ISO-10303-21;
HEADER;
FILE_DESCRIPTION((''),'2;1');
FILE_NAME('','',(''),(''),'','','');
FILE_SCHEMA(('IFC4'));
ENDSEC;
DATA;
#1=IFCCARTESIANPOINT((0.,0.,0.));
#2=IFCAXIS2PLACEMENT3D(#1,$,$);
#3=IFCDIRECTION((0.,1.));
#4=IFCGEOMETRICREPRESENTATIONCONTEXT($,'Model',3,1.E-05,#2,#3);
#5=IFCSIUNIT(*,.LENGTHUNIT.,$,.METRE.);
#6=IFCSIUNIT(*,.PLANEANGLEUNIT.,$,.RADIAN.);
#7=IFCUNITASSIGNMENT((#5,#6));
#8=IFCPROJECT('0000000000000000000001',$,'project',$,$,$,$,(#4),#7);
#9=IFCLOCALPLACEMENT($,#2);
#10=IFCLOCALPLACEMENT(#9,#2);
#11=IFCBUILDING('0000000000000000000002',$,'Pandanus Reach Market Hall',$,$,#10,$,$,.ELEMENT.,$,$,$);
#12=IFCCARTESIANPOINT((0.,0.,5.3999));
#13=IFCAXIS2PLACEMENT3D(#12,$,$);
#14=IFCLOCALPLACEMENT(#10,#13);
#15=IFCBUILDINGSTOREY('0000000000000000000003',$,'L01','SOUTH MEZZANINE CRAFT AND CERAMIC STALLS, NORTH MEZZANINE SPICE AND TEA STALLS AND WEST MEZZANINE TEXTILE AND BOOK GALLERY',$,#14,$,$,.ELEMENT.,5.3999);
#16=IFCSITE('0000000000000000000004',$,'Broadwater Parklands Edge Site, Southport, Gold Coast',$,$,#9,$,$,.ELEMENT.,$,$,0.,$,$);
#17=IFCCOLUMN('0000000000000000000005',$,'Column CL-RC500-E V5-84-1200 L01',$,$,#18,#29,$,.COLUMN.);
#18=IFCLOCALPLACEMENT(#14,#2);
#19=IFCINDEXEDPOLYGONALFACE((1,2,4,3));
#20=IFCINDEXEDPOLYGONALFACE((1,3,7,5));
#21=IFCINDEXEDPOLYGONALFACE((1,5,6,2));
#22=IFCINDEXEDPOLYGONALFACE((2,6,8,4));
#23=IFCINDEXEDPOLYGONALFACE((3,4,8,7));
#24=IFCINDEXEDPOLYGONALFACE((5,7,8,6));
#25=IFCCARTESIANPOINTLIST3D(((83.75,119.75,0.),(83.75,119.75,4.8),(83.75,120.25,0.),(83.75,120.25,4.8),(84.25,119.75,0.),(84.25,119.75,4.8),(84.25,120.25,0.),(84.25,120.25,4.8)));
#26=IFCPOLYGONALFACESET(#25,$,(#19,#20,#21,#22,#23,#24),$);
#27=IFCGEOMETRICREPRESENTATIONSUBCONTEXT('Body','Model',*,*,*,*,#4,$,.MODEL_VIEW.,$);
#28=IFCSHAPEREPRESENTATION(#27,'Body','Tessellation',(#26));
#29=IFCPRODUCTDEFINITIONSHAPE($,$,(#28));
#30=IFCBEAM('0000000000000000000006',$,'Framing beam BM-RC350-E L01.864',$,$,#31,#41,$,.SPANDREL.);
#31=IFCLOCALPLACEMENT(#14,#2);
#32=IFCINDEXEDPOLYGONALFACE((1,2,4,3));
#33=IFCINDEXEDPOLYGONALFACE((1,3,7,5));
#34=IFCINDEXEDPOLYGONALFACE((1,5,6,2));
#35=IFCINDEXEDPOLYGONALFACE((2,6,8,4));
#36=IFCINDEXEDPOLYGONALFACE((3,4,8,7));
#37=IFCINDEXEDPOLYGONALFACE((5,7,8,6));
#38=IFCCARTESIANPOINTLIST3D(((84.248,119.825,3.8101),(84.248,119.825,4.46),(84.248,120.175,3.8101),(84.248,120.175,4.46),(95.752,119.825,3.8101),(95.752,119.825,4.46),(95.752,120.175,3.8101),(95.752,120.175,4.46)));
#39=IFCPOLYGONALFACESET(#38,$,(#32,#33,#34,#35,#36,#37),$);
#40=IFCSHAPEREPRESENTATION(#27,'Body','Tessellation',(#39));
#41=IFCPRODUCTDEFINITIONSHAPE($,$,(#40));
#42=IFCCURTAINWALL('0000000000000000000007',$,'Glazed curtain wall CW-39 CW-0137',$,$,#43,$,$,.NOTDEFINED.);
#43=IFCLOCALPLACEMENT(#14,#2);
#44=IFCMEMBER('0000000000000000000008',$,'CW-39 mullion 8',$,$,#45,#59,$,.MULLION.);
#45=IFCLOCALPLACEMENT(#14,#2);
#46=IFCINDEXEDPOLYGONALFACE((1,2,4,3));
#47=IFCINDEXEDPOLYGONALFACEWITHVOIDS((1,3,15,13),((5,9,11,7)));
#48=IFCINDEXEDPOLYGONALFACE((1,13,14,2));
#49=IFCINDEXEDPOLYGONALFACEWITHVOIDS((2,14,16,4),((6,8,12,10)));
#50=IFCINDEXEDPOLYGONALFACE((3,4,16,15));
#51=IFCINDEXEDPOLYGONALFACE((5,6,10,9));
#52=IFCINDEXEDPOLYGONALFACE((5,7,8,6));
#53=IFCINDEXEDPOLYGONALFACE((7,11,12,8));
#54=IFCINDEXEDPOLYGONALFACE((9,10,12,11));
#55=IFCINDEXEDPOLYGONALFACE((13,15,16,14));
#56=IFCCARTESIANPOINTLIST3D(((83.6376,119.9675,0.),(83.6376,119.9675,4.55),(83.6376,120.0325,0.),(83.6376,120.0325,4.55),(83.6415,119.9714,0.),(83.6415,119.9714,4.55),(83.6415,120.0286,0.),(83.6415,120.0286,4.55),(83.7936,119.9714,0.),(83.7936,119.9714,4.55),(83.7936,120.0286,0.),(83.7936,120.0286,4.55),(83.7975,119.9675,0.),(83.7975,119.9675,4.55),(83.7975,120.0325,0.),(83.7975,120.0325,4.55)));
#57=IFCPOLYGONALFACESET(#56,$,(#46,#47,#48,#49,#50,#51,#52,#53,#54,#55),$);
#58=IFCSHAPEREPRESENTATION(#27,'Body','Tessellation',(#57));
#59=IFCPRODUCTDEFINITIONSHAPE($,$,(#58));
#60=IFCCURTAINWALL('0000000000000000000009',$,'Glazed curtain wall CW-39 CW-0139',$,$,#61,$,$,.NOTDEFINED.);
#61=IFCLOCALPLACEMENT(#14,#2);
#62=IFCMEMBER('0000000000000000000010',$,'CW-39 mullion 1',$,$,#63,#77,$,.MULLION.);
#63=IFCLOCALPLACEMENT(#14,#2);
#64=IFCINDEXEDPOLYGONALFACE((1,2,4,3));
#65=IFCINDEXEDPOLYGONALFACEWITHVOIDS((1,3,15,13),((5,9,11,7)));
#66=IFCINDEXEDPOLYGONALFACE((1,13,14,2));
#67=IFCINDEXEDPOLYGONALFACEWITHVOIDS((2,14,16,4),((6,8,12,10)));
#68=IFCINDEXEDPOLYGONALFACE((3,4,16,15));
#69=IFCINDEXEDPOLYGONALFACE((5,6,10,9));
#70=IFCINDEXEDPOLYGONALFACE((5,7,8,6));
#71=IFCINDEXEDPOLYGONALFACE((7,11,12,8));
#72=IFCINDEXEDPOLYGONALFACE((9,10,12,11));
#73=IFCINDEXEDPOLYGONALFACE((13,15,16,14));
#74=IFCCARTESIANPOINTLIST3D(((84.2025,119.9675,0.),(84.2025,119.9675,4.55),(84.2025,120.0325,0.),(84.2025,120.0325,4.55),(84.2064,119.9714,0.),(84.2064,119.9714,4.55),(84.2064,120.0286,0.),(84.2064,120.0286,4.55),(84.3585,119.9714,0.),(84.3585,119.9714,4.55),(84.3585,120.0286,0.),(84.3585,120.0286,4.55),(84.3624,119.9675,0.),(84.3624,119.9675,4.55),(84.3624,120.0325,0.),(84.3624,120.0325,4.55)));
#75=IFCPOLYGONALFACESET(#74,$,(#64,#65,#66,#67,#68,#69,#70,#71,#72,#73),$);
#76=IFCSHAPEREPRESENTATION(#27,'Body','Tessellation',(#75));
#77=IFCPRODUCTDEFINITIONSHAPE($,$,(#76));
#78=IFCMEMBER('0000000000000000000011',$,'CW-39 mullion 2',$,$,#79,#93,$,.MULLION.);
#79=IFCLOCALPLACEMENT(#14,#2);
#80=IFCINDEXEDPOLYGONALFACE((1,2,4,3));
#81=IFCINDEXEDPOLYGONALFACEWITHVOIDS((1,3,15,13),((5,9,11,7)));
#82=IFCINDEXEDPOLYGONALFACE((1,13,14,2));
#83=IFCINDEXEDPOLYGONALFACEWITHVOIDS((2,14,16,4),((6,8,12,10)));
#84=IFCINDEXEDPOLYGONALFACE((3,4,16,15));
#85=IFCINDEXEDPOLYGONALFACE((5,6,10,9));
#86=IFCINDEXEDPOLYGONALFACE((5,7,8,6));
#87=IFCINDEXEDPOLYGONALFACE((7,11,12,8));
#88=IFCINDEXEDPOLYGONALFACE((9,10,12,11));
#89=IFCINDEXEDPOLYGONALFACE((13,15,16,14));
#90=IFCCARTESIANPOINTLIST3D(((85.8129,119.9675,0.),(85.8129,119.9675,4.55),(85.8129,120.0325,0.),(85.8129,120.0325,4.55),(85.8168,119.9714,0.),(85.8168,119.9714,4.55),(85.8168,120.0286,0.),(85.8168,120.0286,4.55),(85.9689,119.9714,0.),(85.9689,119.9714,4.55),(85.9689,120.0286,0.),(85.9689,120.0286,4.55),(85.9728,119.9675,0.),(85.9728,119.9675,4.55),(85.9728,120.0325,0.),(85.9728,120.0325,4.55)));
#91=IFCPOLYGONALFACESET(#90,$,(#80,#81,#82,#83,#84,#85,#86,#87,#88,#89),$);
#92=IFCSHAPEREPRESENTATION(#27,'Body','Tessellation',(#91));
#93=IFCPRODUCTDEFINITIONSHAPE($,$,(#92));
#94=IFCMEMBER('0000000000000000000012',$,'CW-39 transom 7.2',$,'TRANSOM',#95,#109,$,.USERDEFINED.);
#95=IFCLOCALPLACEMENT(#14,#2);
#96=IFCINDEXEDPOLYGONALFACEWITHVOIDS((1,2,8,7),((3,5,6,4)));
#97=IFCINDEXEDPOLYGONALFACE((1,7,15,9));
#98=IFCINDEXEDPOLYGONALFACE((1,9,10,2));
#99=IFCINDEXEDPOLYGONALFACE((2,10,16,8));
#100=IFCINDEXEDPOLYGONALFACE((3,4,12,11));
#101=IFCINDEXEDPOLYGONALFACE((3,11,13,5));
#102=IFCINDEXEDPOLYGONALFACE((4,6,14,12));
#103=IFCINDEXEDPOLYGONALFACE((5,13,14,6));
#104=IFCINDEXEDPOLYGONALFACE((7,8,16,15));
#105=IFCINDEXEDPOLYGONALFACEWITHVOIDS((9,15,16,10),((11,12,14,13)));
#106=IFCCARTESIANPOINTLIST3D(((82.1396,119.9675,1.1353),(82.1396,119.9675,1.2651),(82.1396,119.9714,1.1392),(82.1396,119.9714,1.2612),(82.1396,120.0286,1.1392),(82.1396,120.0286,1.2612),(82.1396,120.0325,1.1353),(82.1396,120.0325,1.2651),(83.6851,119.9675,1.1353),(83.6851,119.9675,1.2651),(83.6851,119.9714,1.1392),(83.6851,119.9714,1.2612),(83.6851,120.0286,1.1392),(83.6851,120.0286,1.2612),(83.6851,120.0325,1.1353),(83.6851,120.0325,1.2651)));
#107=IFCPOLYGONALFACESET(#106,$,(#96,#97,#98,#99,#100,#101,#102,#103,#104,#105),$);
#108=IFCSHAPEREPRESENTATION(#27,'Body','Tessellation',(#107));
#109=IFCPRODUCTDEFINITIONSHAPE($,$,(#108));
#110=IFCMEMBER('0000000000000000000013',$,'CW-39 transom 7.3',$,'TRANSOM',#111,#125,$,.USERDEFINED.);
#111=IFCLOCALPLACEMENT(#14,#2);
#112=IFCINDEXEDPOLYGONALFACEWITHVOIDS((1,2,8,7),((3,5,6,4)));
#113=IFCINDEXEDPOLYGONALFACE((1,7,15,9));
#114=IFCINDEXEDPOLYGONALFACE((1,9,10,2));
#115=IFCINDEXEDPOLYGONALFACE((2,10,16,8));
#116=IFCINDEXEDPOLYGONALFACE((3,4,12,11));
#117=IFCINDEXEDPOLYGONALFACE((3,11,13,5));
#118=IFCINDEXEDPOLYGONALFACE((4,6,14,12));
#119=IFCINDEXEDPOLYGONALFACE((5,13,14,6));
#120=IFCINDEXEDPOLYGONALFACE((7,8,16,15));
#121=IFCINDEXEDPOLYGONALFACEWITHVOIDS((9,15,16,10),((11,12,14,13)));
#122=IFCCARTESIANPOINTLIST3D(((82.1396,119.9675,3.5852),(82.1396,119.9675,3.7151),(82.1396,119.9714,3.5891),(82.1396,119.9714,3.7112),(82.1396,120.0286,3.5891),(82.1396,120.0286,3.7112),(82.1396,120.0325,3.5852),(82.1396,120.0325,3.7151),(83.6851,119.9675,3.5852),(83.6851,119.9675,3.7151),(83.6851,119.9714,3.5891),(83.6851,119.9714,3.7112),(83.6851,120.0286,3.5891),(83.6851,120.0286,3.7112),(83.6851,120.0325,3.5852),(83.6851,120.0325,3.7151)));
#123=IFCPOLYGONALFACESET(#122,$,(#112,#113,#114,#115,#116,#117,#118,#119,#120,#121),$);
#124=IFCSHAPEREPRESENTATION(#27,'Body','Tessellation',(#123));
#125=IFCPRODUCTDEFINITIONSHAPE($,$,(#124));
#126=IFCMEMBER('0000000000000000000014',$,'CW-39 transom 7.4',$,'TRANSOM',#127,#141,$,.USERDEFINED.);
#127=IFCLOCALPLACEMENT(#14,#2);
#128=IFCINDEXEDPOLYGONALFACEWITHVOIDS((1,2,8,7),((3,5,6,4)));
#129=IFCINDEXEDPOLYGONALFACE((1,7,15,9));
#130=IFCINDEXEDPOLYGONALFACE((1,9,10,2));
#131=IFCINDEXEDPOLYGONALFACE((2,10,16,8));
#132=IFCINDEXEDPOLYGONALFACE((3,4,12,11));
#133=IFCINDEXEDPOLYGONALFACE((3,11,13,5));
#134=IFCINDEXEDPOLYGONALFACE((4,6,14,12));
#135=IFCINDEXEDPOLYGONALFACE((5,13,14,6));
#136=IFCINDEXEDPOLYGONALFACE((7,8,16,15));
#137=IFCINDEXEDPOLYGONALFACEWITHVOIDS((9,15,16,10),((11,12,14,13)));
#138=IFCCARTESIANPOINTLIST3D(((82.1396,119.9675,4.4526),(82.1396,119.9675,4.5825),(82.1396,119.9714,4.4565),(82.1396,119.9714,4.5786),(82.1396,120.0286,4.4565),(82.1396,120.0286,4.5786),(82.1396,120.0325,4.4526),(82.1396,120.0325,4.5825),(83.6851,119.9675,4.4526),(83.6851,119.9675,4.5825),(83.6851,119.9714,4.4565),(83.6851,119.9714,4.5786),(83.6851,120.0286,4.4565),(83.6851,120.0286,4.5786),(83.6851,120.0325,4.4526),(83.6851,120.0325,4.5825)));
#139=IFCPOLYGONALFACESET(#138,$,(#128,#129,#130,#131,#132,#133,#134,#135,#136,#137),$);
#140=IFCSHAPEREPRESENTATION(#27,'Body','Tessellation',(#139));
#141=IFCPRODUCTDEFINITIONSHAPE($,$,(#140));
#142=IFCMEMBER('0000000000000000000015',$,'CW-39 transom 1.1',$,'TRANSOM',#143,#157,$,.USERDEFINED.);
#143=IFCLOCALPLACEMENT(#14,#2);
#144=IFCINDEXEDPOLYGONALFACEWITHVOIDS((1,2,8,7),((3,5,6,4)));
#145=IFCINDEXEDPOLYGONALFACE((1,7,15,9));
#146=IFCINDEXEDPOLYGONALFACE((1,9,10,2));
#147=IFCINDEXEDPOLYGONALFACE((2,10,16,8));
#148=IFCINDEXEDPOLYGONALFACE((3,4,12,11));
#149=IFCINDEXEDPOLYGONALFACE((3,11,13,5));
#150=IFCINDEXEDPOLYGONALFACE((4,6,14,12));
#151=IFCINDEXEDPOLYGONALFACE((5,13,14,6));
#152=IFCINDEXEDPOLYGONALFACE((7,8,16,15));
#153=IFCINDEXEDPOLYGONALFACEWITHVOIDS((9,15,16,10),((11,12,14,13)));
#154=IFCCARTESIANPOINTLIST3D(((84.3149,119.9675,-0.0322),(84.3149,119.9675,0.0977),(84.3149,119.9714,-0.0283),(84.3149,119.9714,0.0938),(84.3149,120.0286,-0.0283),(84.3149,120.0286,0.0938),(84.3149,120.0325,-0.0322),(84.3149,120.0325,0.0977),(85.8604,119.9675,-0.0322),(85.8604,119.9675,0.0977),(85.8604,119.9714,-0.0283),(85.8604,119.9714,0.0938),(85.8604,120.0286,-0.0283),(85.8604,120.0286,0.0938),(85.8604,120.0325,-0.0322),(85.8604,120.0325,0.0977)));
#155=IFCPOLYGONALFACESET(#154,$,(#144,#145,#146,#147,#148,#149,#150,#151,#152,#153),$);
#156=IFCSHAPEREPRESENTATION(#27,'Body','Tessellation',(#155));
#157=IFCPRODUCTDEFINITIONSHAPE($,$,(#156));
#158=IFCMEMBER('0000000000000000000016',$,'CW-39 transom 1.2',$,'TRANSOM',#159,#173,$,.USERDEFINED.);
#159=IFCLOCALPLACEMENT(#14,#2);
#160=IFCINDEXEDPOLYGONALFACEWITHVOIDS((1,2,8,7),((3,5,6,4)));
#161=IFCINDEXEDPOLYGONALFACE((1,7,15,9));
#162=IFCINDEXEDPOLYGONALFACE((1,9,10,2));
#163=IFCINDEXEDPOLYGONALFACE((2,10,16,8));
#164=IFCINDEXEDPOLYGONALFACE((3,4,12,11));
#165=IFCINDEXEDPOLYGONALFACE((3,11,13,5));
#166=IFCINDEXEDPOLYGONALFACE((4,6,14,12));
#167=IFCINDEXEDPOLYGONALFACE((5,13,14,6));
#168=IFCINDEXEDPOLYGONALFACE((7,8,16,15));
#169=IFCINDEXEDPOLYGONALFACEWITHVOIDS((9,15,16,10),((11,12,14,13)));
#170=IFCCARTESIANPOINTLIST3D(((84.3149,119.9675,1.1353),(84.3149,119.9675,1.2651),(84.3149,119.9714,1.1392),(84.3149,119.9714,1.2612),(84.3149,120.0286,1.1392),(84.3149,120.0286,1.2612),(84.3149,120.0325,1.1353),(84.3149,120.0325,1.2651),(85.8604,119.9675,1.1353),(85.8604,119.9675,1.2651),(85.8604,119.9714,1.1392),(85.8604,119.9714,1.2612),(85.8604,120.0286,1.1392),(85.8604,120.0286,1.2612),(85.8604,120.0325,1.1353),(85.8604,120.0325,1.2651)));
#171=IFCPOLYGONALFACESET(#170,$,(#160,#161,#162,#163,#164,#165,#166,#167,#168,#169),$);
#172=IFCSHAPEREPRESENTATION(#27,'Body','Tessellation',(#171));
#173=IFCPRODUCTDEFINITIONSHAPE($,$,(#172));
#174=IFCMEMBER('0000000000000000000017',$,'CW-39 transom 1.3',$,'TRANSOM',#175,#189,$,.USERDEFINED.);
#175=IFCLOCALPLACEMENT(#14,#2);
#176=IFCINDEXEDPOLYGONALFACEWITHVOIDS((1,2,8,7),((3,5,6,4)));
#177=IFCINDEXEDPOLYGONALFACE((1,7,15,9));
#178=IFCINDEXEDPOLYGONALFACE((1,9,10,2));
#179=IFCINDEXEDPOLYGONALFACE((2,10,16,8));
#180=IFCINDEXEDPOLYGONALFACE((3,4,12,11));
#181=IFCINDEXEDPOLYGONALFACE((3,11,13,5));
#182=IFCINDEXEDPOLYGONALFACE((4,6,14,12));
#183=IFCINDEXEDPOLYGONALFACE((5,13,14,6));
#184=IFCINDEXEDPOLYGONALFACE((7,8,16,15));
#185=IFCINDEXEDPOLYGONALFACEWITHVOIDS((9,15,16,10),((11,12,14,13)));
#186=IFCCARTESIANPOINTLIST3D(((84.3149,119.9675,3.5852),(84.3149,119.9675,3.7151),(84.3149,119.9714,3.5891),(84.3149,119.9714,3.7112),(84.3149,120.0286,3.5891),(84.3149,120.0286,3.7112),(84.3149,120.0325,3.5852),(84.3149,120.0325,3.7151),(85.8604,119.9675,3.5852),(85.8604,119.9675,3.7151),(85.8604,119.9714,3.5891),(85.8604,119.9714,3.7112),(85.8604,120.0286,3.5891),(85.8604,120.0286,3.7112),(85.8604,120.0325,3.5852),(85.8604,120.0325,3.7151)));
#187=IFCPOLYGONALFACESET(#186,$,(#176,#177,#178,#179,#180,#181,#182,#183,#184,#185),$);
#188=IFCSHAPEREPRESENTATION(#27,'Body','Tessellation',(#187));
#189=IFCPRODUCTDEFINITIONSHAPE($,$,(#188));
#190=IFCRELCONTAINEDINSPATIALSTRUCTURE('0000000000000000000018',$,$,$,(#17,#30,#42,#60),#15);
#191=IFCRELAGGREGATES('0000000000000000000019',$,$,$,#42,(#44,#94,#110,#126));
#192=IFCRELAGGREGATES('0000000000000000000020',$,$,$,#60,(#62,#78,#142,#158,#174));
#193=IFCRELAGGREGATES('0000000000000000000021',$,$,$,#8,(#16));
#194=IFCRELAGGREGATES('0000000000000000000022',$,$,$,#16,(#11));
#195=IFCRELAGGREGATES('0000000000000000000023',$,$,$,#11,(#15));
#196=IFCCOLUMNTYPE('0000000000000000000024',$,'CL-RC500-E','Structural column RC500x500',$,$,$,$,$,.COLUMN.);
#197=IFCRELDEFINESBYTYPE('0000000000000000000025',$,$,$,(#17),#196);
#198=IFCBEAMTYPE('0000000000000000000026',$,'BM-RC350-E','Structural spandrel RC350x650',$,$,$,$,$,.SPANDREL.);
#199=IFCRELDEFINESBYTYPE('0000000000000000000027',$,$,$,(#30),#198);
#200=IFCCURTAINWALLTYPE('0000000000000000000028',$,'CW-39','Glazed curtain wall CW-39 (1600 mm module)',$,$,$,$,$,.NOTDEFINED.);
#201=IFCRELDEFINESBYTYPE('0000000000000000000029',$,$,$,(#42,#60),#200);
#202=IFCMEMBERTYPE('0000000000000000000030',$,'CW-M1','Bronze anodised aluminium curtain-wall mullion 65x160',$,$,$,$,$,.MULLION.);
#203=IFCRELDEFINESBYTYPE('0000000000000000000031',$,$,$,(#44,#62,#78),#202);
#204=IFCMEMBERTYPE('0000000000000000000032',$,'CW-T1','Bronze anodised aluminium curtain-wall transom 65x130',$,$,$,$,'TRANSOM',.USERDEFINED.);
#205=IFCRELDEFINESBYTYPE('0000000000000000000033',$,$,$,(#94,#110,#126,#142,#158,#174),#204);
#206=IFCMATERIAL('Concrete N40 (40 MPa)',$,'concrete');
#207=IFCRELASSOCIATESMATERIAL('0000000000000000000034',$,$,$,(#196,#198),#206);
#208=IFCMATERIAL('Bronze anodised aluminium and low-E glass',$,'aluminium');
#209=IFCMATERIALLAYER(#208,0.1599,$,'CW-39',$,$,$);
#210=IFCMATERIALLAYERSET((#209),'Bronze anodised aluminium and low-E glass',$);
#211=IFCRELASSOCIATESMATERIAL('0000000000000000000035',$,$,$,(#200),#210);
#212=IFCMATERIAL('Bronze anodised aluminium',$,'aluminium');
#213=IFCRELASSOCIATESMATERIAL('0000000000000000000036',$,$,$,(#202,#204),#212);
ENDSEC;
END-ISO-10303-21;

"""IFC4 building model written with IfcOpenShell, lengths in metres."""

from ifc_helpers import new_model, si_unit, direction, frame, origin, origin_2d, place, context, subcontext, project, spatial, rectangle, hollow_rectangle, extrude, material, layer, layer_set, material_profile, profile_set, type_object, element, aggregate, save


model = new_model("IFC4")

# Units and contexts
model_context = context("Model", 3, precision=1e-05, world=origin(), true_north=direction((0.0, 1.0)))
body_context = subcontext(model_context, "Body", "Model", "MODEL_VIEW")
ifc_project = project(units=[si_unit("LENGTHUNIT", "METRE"), si_unit("PLANEANGLEUNIT", "RADIAN")], contexts=[model_context])

# Site, building, storey
site_placement = place(None, origin())
site = spatial("IfcSite", under=ifc_project, at=site_placement, Name="Broadwater Parklands Edge Site, Southport, Gold Coast", CompositionType="ELEMENT", RefElevation=0.0)
building_placement = place(site_placement, origin())
building = spatial("IfcBuilding", under=site, at=building_placement, Name="Pandanus Reach Market Hall", CompositionType="ELEMENT")
storey_placement = place(building_placement, frame((0.0, 0.0, 5.3999)))
storey = spatial("IfcBuildingStorey", under=building, at=storey_placement, Name="L01", Description="SOUTH MEZZANINE CRAFT AND CERAMIC STALLS, NORTH MEZZANINE SPICE AND TEA STALLS AND WEST MEZZANINE TEXTILE AND BOOK GALLERY", CompositionType="ELEMENT", Elevation=5.3999)

# Column
ifc_material_1 = material(Name="Concrete N40 (40 MPa)", Category="concrete")
ifc_material_profile_1 = material_profile(ifc_material_1, rectangle(XDim=0.5, YDim=0.5, at=origin_2d()), Name="RC500x500", Category="LoadBearing")
ifc_profile_set_1 = profile_set([ifc_material_profile_1], Name="Concrete N40 (40 MPa)")
column_type = type_object("IfcColumnType", Name="CL-RC500-E", Description="Structural column RC500x500", PredefinedType="COLUMN", material=ifc_profile_set_1)
column_placement = place(storey_placement, frame((84.0, 120.0, 0.0), z_axis=(0.0, 0.0, 1.0), x_axis=(1.0, 0.0, 0.0)))
element("IfcColumn", 1, at=column_placement, inside=storey, type_object=column_type, Name="Column CL-RC500-E V5-84-1200 L01", PredefinedType="COLUMN", context=body_context, shape_type="SweptSolid", body=[
    extrude(rectangle(XDim=0.5, YDim=0.5, at=origin_2d()), origin(), (0.0, 0.0, 1.0), 4.8),
])

# Beam
ifc_material_profile_2 = material_profile(ifc_material_1, rectangle(XDim=0.3501, YDim=0.6499, at=origin_2d()), Name="RC350x650", Category="LoadBearing")
ifc_profile_set_2 = profile_set([ifc_material_profile_2], Name="Concrete N40 (40 MPa)")
beam_type = type_object("IfcBeamType", Name="BM-RC350-E", Description="Structural spandrel RC350x650", PredefinedType="SPANDREL", material=ifc_profile_set_2)
beam_placement = place(storey_placement, frame((84.248, 120.0, 4.135), z_axis=(1.0, 0.0, 0.0), x_axis=(0.0, 1.0, 0.0)))
element("IfcBeam", 2, at=beam_placement, inside=storey, type_object=beam_type, Name="Framing beam BM-RC350-E L01.864", PredefinedType="SPANDREL", context=body_context, shape_type="SweptSolid", body=[
    extrude(rectangle(XDim=0.3501, YDim=0.6499, at=origin_2d()), origin(), (0.0, 0.0, 1.0), 11.5039),
])

# Curtain wall, member
ifc_material_2 = material(Name="Bronze anodised aluminium and low-E glass", Category="aluminium")
ifc_layer_1 = layer(ifc_material_2, 0.1599, Name="CW-39")
ifc_layer_set_1 = layer_set([ifc_layer_1], Name="Bronze anodised aluminium and low-E glass")
curtain_wall_type = type_object("IfcCurtainWallType", Name="CW-39", Description="Glazed curtain wall CW-39 (1600 mm module)", PredefinedType="NOTDEFINED", material=ifc_layer_set_1)
curtain_wall_1_placement = place(storey_placement, origin())
curtain_wall_1 = element("IfcCurtainWall", 3, at=curtain_wall_1_placement, inside=storey, type_object=curtain_wall_type, Name="Glazed curtain wall CW-39 CW-0137", PredefinedType="NOTDEFINED")
ifc_material_3 = material(Name="Bronze anodised aluminium", Category="aluminium")
ifc_material_profile_3 = material_profile(ifc_material_3, hollow_rectangle(XDim=0.0649, YDim=0.1599, WallThickness=0.0039, at=origin_2d()), Name="ALU65x160", Category="LoadBearing")
ifc_profile_set_3 = profile_set([ifc_material_profile_3], Name="Bronze anodised aluminium")
member_type_1 = type_object("IfcMemberType", Name="CW-M1", Description="Bronze anodised aluminium curtain-wall mullion 65x160", PredefinedType="MULLION", material=ifc_profile_set_3)
member_1_placement = place(storey_placement, frame((83.7175, 120.0, 0.0), z_axis=(0.0, 0.0, 1.0), x_axis=(0.0, 1.0, 0.0)))
member_1 = element("IfcMember", 4, at=member_1_placement, type_object=member_type_1, Name="CW-39 mullion 8", PredefinedType="MULLION", context=body_context, shape_type="SweptSolid", body=[
    extrude(hollow_rectangle(XDim=0.0649, YDim=0.1599, WallThickness=0.0039, at=origin_2d()), origin(), (0.0, 0.0, 1.0), 4.55),
])

# Curtain wall, members
curtain_wall_2_placement = place(storey_placement, origin())
curtain_wall_2 = element("IfcCurtainWall", 5, at=curtain_wall_2_placement, inside=storey, type_object=curtain_wall_type, Name="Glazed curtain wall CW-39 CW-0139", PredefinedType="NOTDEFINED")
member_2_placement = place(storey_placement, frame((84.2825, 120.0, 0.0), z_axis=(0.0, 0.0, 1.0), x_axis=(0.0, 1.0, 0.0)))
member_2 = element("IfcMember", 6, at=member_2_placement, type_object=member_type_1, Name="CW-39 mullion 1", PredefinedType="MULLION", context=body_context, shape_type="SweptSolid", body=[
    extrude(hollow_rectangle(XDim=0.0649, YDim=0.1599, WallThickness=0.0039, at=origin_2d()), origin(), (0.0, 0.0, 1.0), 4.55),
])
member_3_placement = place(storey_placement, frame((85.8928, 120.0, 0.0), z_axis=(0.0, 0.0, 1.0), x_axis=(0.0, 1.0, 0.0)))
member_3 = element("IfcMember", 7, at=member_3_placement, type_object=member_type_1, Name="CW-39 mullion 2", PredefinedType="MULLION", context=body_context, shape_type="SweptSolid", body=[
    extrude(hollow_rectangle(XDim=0.0649, YDim=0.1599, WallThickness=0.0039, at=origin_2d()), origin(), (0.0, 0.0, 1.0), 4.55),
])

# Members
ifc_material_profile_4 = material_profile(ifc_material_3, hollow_rectangle(XDim=0.0649, YDim=0.1299, WallThickness=0.0039, at=origin_2d()), Name="ALU65x130", Category="LoadBearing")
ifc_profile_set_4 = profile_set([ifc_material_profile_4], Name="Bronze anodised aluminium")
member_type_2 = type_object("IfcMemberType", Name="CW-T1", Description="Bronze anodised aluminium curtain-wall transom 65x130", ElementType="TRANSOM", PredefinedType="USERDEFINED", material=ifc_profile_set_4)
member_4_placement = place(storey_placement, frame((82.1396, 120.0, 1.2002), z_axis=(1.0, 0.0, 0.0), x_axis=(0.0, 1.0, 0.0)))
member_4 = element("IfcMember", 8, at=member_4_placement, type_object=member_type_2, Name="CW-39 transom 7.2", ObjectType="TRANSOM", PredefinedType="USERDEFINED", context=body_context, shape_type="SweptSolid", body=[
    extrude(hollow_rectangle(XDim=0.0649, YDim=0.1299, WallThickness=0.0039, at=origin_2d()), origin(), (0.0, 0.0, 1.0), 1.5454),
])
member_5_placement = place(storey_placement, frame((82.1396, 120.0, 3.6501), z_axis=(1.0, 0.0, 0.0), x_axis=(0.0, 1.0, 0.0)))
member_5 = element("IfcMember", 9, at=member_5_placement, type_object=member_type_2, Name="CW-39 transom 7.3", ObjectType="TRANSOM", PredefinedType="USERDEFINED", context=body_context, shape_type="SweptSolid", body=[
    extrude(hollow_rectangle(XDim=0.0649, YDim=0.1299, WallThickness=0.0039, at=origin_2d()), origin(), (0.0, 0.0, 1.0), 1.5454),
])
member_6_placement = place(storey_placement, frame((82.1396, 120.0, 4.5176), z_axis=(1.0, 0.0, 0.0), x_axis=(0.0, 1.0, 0.0)))
member_6 = element("IfcMember", 10, at=member_6_placement, type_object=member_type_2, Name="CW-39 transom 7.4", ObjectType="TRANSOM", PredefinedType="USERDEFINED", context=body_context, shape_type="SweptSolid", body=[
    extrude(hollow_rectangle(XDim=0.0649, YDim=0.1299, WallThickness=0.0039, at=origin_2d()), origin(), (0.0, 0.0, 1.0), 1.5454),
])
member_7_placement = place(storey_placement, frame((84.3149, 120.0, 0.0327), z_axis=(1.0, 0.0, 0.0), x_axis=(0.0, 1.0, 0.0)))
member_7 = element("IfcMember", 11, at=member_7_placement, type_object=member_type_2, Name="CW-39 transom 1.1", ObjectType="TRANSOM", PredefinedType="USERDEFINED", context=body_context, shape_type="SweptSolid", body=[
    extrude(hollow_rectangle(XDim=0.0649, YDim=0.1299, WallThickness=0.0039, at=origin_2d()), origin(), (0.0, 0.0, 1.0), 1.5454),
])
member_8_placement = place(storey_placement, frame((84.3149, 120.0, 1.2002), z_axis=(1.0, 0.0, 0.0), x_axis=(0.0, 1.0, 0.0)))
member_8 = element("IfcMember", 12, at=member_8_placement, type_object=member_type_2, Name="CW-39 transom 1.2", ObjectType="TRANSOM", PredefinedType="USERDEFINED", context=body_context, shape_type="SweptSolid", body=[
    extrude(hollow_rectangle(XDim=0.0649, YDim=0.1299, WallThickness=0.0039, at=origin_2d()), origin(), (0.0, 0.0, 1.0), 1.5454),
])
member_9_placement = place(storey_placement, frame((84.3149, 120.0, 3.6501), z_axis=(1.0, 0.0, 0.0), x_axis=(0.0, 1.0, 0.0)))
member_9 = element("IfcMember", 13, at=member_9_placement, type_object=member_type_2, Name="CW-39 transom 1.3", ObjectType="TRANSOM", PredefinedType="USERDEFINED", context=body_context, shape_type="SweptSolid", body=[
    extrude(hollow_rectangle(XDim=0.0649, YDim=0.1299, WallThickness=0.0039, at=origin_2d()), origin(), (0.0, 0.0, 1.0), 1.5454),
])

aggregate(curtain_wall_1, [member_1, member_4, member_5, member_6])
aggregate(curtain_wall_2, [member_2, member_3, member_7, member_8, member_9])

save(model, "model.ifc")
